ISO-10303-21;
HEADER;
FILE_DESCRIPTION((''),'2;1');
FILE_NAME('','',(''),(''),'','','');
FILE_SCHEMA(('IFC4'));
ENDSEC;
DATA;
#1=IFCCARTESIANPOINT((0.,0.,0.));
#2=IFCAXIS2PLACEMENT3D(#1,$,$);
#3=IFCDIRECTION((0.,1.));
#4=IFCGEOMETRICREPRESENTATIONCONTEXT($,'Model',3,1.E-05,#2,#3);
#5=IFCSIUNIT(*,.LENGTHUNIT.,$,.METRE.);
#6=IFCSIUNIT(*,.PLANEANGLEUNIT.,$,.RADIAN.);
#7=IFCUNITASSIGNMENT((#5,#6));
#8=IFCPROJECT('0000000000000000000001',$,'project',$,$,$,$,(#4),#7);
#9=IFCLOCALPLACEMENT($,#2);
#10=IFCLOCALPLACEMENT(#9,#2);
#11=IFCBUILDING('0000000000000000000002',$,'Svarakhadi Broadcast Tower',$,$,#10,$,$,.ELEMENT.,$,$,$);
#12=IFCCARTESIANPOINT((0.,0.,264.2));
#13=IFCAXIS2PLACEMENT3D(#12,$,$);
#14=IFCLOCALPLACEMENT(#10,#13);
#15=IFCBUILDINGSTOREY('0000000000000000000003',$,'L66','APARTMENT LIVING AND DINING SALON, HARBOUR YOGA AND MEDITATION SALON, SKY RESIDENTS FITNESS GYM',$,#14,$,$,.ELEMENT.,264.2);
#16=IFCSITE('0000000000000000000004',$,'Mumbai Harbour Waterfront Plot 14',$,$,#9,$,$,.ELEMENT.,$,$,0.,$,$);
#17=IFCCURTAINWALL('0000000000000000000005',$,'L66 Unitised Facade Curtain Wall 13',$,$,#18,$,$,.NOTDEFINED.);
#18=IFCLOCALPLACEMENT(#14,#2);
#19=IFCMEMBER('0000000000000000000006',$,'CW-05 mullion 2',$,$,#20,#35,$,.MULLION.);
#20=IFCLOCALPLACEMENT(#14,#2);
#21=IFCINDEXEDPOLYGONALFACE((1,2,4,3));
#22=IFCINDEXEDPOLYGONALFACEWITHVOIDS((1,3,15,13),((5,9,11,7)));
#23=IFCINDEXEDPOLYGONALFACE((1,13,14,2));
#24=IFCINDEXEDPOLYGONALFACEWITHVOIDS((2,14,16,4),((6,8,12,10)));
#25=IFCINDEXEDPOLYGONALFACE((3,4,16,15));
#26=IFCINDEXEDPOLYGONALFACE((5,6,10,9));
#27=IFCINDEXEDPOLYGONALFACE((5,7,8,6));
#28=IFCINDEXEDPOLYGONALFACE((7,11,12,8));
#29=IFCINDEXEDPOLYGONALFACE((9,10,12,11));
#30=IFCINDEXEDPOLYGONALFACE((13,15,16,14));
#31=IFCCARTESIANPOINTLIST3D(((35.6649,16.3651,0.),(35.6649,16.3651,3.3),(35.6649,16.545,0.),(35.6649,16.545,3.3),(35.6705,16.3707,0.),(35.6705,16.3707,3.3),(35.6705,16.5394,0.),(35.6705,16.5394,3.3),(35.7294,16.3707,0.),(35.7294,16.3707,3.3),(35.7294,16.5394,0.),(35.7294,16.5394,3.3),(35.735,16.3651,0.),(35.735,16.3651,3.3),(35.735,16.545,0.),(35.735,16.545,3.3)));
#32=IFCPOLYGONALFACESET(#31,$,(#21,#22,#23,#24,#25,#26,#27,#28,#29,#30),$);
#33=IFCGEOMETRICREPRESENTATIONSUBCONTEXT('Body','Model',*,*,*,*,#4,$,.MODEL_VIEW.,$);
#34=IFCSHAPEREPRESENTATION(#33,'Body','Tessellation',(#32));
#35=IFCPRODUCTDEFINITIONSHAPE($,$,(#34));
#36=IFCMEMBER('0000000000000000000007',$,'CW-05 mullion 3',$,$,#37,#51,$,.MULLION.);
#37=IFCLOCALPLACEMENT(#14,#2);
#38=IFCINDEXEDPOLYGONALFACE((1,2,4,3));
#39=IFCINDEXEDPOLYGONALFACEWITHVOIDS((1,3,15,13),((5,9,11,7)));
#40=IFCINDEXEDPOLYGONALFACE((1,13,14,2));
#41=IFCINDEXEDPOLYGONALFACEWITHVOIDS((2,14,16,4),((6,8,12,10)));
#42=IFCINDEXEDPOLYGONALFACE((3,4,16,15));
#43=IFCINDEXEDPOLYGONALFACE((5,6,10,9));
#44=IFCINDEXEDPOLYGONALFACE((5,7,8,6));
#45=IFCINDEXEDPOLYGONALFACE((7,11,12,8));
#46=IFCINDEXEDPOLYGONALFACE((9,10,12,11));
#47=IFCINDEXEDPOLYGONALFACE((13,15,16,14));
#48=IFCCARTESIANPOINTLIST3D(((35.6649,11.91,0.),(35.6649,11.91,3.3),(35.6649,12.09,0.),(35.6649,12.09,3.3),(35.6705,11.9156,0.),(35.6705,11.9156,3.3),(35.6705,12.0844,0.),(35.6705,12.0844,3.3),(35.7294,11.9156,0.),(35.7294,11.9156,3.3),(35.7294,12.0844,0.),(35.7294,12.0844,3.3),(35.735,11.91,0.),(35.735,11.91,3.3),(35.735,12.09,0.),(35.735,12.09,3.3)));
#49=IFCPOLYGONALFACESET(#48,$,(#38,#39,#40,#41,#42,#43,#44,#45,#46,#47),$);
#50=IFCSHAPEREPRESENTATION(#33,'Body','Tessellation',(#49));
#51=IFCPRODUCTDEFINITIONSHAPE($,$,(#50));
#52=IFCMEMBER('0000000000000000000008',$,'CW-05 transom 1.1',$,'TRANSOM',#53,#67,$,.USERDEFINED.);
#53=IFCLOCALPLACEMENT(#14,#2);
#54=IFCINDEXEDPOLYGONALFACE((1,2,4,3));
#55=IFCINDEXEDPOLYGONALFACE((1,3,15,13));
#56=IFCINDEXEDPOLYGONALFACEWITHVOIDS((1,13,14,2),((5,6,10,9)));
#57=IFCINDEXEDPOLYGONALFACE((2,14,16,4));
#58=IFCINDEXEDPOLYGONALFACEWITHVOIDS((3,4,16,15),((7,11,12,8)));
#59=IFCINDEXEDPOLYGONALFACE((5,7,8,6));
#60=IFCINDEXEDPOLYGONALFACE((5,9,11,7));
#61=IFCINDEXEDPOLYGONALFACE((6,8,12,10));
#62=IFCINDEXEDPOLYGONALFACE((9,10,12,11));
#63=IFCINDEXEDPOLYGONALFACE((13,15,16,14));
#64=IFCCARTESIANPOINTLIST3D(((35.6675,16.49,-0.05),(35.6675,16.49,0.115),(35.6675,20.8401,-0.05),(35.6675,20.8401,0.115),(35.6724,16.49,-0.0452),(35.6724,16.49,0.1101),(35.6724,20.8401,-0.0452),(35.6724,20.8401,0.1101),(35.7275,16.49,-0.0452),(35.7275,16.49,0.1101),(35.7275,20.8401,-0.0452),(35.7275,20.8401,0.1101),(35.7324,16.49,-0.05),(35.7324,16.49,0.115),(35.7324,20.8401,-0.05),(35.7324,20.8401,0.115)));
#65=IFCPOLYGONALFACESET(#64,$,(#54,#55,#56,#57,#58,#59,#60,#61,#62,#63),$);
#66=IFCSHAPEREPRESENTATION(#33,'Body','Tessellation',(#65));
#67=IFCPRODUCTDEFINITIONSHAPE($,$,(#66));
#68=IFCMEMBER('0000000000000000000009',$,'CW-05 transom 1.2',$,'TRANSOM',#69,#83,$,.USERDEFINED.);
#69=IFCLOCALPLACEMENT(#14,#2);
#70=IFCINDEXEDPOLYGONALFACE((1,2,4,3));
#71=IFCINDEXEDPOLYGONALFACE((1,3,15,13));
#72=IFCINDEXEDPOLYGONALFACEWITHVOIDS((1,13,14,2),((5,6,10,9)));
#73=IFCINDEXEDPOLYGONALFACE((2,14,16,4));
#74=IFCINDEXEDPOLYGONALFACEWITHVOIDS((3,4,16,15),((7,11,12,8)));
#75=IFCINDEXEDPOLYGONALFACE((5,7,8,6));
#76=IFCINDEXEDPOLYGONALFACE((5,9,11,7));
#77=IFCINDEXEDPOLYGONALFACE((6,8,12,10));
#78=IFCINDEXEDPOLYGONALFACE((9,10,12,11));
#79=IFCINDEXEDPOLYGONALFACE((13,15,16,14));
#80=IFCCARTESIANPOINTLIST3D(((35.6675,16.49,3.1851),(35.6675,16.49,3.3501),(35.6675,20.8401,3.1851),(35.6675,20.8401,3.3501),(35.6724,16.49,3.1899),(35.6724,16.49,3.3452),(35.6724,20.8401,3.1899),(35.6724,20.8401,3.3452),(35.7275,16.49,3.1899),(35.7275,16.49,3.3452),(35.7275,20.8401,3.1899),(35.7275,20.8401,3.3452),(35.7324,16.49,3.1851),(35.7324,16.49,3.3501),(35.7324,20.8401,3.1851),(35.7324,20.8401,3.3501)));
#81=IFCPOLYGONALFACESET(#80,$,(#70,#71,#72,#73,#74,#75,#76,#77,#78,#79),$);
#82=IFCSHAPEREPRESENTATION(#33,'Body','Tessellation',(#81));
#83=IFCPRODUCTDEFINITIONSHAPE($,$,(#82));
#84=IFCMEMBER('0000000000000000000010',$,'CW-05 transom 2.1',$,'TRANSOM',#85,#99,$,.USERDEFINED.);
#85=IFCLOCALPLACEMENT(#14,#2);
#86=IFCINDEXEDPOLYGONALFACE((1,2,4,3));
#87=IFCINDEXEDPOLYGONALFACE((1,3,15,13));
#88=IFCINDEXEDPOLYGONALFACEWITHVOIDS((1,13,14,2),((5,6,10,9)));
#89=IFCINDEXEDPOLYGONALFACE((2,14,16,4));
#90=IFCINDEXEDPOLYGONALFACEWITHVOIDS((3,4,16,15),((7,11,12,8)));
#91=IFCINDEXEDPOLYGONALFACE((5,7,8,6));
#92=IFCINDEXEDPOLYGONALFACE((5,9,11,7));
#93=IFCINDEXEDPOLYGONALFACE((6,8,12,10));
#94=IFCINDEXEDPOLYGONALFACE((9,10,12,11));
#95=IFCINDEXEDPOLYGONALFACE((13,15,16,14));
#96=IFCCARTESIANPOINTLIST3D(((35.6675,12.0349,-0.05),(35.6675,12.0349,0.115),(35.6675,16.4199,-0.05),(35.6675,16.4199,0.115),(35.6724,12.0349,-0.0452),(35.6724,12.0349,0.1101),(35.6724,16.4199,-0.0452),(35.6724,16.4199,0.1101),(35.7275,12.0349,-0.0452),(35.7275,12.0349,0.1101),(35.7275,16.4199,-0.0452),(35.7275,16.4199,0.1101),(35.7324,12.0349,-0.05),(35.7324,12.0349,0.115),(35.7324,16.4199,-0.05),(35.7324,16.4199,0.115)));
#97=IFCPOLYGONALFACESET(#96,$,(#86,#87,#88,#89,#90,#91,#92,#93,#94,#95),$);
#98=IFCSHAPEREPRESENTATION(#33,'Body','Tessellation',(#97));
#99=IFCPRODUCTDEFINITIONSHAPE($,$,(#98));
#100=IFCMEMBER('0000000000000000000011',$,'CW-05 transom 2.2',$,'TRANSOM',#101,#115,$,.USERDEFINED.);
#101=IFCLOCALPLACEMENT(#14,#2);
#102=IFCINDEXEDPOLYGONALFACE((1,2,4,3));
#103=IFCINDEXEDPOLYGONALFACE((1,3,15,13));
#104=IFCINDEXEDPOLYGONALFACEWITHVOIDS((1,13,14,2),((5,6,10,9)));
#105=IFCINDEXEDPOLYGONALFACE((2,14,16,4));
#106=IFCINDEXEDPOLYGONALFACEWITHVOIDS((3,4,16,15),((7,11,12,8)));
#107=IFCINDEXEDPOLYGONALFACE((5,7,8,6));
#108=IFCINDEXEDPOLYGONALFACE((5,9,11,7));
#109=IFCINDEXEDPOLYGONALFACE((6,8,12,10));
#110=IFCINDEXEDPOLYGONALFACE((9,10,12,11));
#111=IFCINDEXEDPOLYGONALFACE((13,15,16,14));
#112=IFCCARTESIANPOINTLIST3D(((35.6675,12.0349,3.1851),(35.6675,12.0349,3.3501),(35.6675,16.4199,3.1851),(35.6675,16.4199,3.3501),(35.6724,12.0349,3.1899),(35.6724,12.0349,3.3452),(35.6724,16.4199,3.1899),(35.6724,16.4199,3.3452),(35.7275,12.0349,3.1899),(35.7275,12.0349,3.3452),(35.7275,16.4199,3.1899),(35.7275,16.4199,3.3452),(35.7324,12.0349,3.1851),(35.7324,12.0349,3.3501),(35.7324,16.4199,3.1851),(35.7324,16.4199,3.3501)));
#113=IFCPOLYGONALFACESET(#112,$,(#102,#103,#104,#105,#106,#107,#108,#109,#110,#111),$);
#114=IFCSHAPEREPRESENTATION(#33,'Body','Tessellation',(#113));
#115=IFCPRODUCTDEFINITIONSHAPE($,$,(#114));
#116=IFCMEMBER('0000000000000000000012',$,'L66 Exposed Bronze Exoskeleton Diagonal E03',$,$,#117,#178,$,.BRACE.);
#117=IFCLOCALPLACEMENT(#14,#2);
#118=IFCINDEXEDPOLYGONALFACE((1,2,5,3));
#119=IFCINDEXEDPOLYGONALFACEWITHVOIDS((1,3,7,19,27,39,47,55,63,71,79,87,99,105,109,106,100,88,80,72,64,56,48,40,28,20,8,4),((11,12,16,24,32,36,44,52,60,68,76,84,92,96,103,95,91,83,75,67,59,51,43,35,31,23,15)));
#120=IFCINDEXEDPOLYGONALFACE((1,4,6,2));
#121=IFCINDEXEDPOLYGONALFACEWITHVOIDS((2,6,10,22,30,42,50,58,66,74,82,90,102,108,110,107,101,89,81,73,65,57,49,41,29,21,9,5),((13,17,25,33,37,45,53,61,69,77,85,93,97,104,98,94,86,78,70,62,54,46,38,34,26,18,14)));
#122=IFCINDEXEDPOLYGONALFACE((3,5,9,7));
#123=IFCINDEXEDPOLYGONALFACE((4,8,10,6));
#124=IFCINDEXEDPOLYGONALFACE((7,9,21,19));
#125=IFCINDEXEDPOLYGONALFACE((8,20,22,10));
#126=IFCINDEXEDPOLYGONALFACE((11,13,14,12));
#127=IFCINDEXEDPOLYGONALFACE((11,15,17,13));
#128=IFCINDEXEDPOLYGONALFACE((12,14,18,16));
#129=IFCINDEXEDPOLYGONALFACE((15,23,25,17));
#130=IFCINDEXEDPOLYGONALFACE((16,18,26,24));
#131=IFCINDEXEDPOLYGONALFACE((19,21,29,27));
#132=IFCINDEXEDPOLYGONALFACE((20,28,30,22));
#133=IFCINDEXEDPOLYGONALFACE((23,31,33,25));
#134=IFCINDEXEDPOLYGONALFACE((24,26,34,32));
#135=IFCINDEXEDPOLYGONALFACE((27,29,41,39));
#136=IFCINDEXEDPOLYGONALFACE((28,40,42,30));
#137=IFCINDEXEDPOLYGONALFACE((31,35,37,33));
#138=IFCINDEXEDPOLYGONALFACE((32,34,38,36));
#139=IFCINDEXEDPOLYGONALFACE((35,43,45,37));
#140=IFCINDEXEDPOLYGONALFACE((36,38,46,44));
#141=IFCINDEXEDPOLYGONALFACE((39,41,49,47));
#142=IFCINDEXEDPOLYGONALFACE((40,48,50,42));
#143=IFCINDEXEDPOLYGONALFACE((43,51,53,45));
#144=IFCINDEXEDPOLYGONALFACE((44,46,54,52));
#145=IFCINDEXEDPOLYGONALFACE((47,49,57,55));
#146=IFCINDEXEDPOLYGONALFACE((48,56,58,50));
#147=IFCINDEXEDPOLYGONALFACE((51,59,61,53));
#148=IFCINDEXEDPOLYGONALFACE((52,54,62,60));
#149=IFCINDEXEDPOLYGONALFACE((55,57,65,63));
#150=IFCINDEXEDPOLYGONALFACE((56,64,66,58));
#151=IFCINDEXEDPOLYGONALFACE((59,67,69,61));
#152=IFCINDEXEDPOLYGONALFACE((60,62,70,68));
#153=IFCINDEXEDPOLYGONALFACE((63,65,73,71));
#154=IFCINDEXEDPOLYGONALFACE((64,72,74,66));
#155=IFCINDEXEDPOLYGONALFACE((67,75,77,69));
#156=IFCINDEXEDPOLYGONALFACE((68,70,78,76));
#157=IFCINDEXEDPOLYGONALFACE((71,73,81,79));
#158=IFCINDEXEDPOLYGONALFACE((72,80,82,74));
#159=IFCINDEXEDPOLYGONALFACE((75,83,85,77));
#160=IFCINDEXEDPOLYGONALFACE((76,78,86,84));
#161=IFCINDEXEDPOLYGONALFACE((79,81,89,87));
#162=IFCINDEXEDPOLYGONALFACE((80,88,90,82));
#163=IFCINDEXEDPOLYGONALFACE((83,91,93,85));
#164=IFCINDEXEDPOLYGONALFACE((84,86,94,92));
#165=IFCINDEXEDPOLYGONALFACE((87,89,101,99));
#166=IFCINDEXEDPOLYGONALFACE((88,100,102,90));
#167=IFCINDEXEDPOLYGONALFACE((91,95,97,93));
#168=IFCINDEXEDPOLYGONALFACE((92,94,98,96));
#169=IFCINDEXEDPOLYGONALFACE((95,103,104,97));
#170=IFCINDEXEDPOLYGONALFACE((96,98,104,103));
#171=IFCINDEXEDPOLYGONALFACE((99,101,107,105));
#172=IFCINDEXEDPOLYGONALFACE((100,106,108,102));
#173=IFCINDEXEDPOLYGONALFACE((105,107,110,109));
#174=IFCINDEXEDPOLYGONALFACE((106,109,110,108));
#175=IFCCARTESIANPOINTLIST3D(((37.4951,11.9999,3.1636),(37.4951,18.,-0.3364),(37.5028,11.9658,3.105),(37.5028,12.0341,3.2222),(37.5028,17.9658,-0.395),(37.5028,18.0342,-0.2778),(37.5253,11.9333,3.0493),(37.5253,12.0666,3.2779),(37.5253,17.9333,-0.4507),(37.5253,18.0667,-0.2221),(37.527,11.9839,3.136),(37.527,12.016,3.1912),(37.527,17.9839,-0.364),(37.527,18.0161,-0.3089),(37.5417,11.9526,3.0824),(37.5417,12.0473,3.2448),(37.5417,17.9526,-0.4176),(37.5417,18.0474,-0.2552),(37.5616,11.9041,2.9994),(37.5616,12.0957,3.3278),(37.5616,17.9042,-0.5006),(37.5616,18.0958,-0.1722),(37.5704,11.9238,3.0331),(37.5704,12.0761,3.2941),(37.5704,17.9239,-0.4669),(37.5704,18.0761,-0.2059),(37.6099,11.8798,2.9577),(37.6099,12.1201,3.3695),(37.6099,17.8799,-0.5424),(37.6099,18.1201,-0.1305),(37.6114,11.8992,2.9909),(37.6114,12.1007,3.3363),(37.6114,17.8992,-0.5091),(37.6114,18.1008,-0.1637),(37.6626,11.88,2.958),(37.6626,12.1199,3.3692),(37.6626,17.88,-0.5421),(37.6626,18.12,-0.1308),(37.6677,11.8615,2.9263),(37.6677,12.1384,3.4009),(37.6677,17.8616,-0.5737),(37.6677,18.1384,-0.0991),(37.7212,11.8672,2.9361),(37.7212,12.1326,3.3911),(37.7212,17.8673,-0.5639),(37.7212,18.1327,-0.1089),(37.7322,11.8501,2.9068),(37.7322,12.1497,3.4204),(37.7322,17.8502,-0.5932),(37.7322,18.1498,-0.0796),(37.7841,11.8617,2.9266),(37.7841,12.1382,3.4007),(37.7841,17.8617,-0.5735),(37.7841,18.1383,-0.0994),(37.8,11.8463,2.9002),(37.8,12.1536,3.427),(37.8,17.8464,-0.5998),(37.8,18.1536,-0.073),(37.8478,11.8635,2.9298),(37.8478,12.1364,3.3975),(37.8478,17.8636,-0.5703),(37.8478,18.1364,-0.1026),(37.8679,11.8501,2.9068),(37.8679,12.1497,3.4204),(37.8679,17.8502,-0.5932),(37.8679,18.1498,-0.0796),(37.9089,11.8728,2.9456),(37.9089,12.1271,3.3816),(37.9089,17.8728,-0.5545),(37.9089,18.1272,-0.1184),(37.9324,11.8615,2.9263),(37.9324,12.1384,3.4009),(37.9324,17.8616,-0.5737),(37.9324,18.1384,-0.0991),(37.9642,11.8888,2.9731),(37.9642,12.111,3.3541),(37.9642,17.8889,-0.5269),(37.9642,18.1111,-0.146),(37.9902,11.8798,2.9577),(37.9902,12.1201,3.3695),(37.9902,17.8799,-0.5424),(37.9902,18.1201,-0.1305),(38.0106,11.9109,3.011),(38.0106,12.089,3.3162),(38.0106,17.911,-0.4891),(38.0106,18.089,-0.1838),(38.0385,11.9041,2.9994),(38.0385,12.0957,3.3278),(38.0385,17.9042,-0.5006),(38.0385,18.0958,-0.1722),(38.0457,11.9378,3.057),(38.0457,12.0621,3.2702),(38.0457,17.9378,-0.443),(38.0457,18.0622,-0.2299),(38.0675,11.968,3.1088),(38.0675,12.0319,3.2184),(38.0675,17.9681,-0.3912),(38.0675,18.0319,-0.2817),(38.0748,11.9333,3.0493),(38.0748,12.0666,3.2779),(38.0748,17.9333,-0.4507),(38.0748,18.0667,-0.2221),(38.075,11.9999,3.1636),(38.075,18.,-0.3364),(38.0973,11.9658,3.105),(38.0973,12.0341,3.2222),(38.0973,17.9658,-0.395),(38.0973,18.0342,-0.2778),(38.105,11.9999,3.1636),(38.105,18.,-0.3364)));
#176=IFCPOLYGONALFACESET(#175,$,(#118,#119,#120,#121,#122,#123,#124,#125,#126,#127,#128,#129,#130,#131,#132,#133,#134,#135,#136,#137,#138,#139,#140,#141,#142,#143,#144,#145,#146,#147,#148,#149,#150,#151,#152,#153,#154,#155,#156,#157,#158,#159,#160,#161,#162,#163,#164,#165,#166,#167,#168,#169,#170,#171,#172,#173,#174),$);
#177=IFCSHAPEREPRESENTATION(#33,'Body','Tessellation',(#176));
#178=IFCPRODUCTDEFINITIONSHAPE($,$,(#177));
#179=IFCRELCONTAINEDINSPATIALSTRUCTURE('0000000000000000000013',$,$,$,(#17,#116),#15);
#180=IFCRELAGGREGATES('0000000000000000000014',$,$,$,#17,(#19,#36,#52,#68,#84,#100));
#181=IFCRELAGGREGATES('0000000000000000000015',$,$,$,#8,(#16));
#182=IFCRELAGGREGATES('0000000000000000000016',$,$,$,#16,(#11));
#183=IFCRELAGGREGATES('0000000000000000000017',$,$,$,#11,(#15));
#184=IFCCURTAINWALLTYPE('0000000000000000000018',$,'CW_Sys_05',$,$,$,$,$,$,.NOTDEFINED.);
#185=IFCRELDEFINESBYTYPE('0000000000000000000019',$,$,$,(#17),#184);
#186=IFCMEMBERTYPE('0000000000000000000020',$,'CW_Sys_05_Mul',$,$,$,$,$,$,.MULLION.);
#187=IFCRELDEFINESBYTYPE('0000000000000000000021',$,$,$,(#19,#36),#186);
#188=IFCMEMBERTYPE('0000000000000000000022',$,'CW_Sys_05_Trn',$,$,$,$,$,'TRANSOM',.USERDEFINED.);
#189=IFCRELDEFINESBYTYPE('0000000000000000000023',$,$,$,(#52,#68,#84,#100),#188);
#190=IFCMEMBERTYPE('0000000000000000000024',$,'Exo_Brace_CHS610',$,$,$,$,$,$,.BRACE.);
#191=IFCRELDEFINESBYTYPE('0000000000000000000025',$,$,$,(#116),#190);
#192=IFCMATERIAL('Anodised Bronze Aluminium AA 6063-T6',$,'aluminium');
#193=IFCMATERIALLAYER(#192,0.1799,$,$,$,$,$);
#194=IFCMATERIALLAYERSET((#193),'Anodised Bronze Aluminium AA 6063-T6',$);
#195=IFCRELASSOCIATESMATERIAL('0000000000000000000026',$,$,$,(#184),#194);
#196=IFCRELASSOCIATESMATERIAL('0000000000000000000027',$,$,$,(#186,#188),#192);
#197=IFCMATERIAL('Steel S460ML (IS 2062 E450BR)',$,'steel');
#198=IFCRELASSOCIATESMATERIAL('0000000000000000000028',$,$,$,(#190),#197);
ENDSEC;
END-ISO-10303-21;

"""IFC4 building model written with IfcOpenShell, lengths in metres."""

from ifc_helpers import new_model, si_unit, direction, frame, origin, origin_2d, place, context, subcontext, project, spatial, hollow_rectangle, hollow_circle, extrude, material, layer, layer_set, material_profile, profile_set, type_object, element, aggregate, save


model = new_model("IFC4")

# Units and contexts
model_context = context("Model", 3, precision=1e-05, world=origin(), true_north=direction((0.0, 1.0)))
body_context = subcontext(model_context, "Body", "Model", "MODEL_VIEW")
ifc_project = project(units=[si_unit("LENGTHUNIT", "METRE"), si_unit("PLANEANGLEUNIT", "RADIAN")], contexts=[model_context])

# Site, building, storey
site_placement = place(None, origin())
site = spatial("IfcSite", under=ifc_project, at=site_placement, Name="Mumbai Harbour Waterfront Plot 14", CompositionType="ELEMENT", RefElevation=0.0)
building_placement = place(site_placement, origin())
building = spatial("IfcBuilding", under=site, at=building_placement, Name="Svarakhadi Broadcast Tower", CompositionType="ELEMENT")
storey_placement = place(building_placement, frame((0.0, 0.0, 264.2)))
storey = spatial("IfcBuildingStorey", under=building, at=storey_placement, Name="L66", Description="APARTMENT LIVING AND DINING SALON, HARBOUR YOGA AND MEDITATION SALON, SKY RESIDENTS FITNESS GYM", CompositionType="ELEMENT", Elevation=264.2)

# Shared definitions
ifc_material_1 = material(Name="Steel S460ML (IS 2062 E450BR)", Category="steel")

# Shared definitions
ifc_material_2 = material(Name="Anodised Bronze Aluminium AA 6063-T6", Category="aluminium")
ifc_layer_1 = layer(ifc_material_2, 0.1799)
ifc_layer_set_1 = layer_set([ifc_layer_1], Name="Anodised Bronze Aluminium AA 6063-T6")
curtain_wall_type = type_object("IfcCurtainWallType", Name="CW_Sys_05", PredefinedType="NOTDEFINED", material=ifc_layer_set_1)
ifc_material_profile_1 = material_profile(ifc_material_2, hollow_rectangle(XDim=0.0701, YDim=0.1799, WallThickness=0.0056, at=origin_2d()), Name="ALU MULLION 180x70x6")
ifc_profile_set_1 = profile_set([ifc_material_profile_1], Name="Anodised Bronze Aluminium AA 6063-T6")
member_type_1 = type_object("IfcMemberType", Name="CW_Sys_05_Mul", PredefinedType="MULLION", material=ifc_profile_set_1)

# Curtain wall, members
curtain_wall_1_placement = place(storey_placement, origin())
curtain_wall_1 = element("IfcCurtainWall", 1, at=curtain_wall_1_placement, inside=storey, type_object=curtain_wall_type, Name="L66 Unitised Facade Curtain Wall 13", PredefinedType="NOTDEFINED")
member_1_placement = place(storey_placement, frame((35.7, 16.4551, 0.0), z_axis=(0.0, 0.0, 1.0), x_axis=(1.0, 0.0, 0.0)))
member_1 = element("IfcMember", 2, at=member_1_placement, type_object=member_type_1, Name="CW-05 mullion 2", PredefinedType="MULLION", context=body_context, shape_type="SweptSolid", body=[
    extrude(hollow_rectangle(XDim=0.0701, YDim=0.1799, WallThickness=0.0056, at=origin_2d()), origin(), (0.0, 0.0, 1.0), 3.3),
])
member_2_placement = place(storey_placement, frame((35.7, 12.0, 0.0), z_axis=(0.0, 0.0, 1.0), x_axis=(1.0, 0.0, 0.0)))
member_2 = element("IfcMember", 3, at=member_2_placement, type_object=member_type_1, Name="CW-05 mullion 3", PredefinedType="MULLION", context=body_context, shape_type="SweptSolid", body=[
    extrude(hollow_rectangle(XDim=0.0701, YDim=0.1799, WallThickness=0.0056, at=origin_2d()), origin(), (0.0, 0.0, 1.0), 3.3),
])
ifc_material_profile_2 = material_profile(ifc_material_2, hollow_rectangle(XDim=0.0649, YDim=0.165, WallThickness=0.0049, at=origin_2d()), Name="ALU TRANSOM 165x65x5")
ifc_profile_set_2 = profile_set([ifc_material_profile_2], Name="Anodised Bronze Aluminium AA 6063-T6")
member_type_2 = type_object("IfcMemberType", Name="CW_Sys_05_Trn", ElementType="TRANSOM", PredefinedType="USERDEFINED", material=ifc_profile_set_2)
member_3_placement = place(storey_placement, frame((35.7, 20.8401, 0.0325), z_axis=(0.0, -1.0, 0.0), x_axis=(1.0, 0.0, 0.0)))
member_3 = element("IfcMember", 4, at=member_3_placement, type_object=member_type_2, Name="CW-05 transom 1.1", ObjectType="TRANSOM", PredefinedType="USERDEFINED", context=body_context, shape_type="SweptSolid", body=[
    extrude(hollow_rectangle(XDim=0.0649, YDim=0.165, WallThickness=0.0049, at=origin_2d()), origin(), (0.0, 0.0, 1.0), 4.3501),
])
member_4_placement = place(storey_placement, frame((35.7, 20.8401, 3.2676), z_axis=(0.0, -1.0, 0.0), x_axis=(1.0, 0.0, 0.0)))
member_4 = element("IfcMember", 5, at=member_4_placement, type_object=member_type_2, Name="CW-05 transom 1.2", ObjectType="TRANSOM", PredefinedType="USERDEFINED", context=body_context, shape_type="SweptSolid", body=[
    extrude(hollow_rectangle(XDim=0.0649, YDim=0.165, WallThickness=0.0049, at=origin_2d()), origin(), (0.0, 0.0, 1.0), 4.3501),
])
member_5_placement = place(storey_placement, frame((35.7, 16.4199, 0.0325), z_axis=(0.0, -1.0, 0.0), x_axis=(1.0, 0.0, 0.0)))
member_5 = element("IfcMember", 6, at=member_5_placement, type_object=member_type_2, Name="CW-05 transom 2.1", ObjectType="TRANSOM", PredefinedType="USERDEFINED", context=body_context, shape_type="SweptSolid", body=[
    extrude(hollow_rectangle(XDim=0.0649, YDim=0.165, WallThickness=0.0049, at=origin_2d()), origin(), (0.0, 0.0, 1.0), 4.385),
])
member_6_placement = place(storey_placement, frame((35.7, 16.4199, 3.2676), z_axis=(0.0, -1.0, 0.0), x_axis=(1.0, 0.0, 0.0)))
member_6 = element("IfcMember", 7, at=member_6_placement, type_object=member_type_2, Name="CW-05 transom 2.2", ObjectType="TRANSOM", PredefinedType="USERDEFINED", context=body_context, shape_type="SweptSolid", body=[
    extrude(hollow_rectangle(XDim=0.0649, YDim=0.165, WallThickness=0.0049, at=origin_2d()), origin(), (0.0, 0.0, 1.0), 4.385),
])

# Member
ifc_material_profile_3 = material_profile(ifc_material_1, hollow_circle(Radius=0.3049, WallThickness=0.03, at=origin_2d()), Name="CHS 610x30")
ifc_profile_set_3 = profile_set([ifc_material_profile_3], Name="Steel S460ML (IS 2062 E450BR)")
member_type_3 = type_object("IfcMemberType", Name="Exo_Brace_CHS610", PredefinedType="BRACE", material=ifc_profile_set_3)
member_7_placement = place(storey_placement, frame((37.8, 18.0, -0.3364), z_axis=(0.0, -0.863779, 0.503871), x_axis=(1.0, 0.0, 0.0)))
element("IfcMember", 8, at=member_7_placement, inside=storey, type_object=member_type_3, Name="L66 Exposed Bronze Exoskeleton Diagonal E03", PredefinedType="BRACE", context=body_context, shape_type="SweptSolid", body=[
    extrude(hollow_circle(Radius=0.3049, WallThickness=0.03, at=origin_2d()), origin(), (0.0, 0.0, 1.0), 6.9463),
])

aggregate(curtain_wall_1, [member_1, member_2, member_3, member_4, member_5, member_6])

save(model, "model.ifc")
